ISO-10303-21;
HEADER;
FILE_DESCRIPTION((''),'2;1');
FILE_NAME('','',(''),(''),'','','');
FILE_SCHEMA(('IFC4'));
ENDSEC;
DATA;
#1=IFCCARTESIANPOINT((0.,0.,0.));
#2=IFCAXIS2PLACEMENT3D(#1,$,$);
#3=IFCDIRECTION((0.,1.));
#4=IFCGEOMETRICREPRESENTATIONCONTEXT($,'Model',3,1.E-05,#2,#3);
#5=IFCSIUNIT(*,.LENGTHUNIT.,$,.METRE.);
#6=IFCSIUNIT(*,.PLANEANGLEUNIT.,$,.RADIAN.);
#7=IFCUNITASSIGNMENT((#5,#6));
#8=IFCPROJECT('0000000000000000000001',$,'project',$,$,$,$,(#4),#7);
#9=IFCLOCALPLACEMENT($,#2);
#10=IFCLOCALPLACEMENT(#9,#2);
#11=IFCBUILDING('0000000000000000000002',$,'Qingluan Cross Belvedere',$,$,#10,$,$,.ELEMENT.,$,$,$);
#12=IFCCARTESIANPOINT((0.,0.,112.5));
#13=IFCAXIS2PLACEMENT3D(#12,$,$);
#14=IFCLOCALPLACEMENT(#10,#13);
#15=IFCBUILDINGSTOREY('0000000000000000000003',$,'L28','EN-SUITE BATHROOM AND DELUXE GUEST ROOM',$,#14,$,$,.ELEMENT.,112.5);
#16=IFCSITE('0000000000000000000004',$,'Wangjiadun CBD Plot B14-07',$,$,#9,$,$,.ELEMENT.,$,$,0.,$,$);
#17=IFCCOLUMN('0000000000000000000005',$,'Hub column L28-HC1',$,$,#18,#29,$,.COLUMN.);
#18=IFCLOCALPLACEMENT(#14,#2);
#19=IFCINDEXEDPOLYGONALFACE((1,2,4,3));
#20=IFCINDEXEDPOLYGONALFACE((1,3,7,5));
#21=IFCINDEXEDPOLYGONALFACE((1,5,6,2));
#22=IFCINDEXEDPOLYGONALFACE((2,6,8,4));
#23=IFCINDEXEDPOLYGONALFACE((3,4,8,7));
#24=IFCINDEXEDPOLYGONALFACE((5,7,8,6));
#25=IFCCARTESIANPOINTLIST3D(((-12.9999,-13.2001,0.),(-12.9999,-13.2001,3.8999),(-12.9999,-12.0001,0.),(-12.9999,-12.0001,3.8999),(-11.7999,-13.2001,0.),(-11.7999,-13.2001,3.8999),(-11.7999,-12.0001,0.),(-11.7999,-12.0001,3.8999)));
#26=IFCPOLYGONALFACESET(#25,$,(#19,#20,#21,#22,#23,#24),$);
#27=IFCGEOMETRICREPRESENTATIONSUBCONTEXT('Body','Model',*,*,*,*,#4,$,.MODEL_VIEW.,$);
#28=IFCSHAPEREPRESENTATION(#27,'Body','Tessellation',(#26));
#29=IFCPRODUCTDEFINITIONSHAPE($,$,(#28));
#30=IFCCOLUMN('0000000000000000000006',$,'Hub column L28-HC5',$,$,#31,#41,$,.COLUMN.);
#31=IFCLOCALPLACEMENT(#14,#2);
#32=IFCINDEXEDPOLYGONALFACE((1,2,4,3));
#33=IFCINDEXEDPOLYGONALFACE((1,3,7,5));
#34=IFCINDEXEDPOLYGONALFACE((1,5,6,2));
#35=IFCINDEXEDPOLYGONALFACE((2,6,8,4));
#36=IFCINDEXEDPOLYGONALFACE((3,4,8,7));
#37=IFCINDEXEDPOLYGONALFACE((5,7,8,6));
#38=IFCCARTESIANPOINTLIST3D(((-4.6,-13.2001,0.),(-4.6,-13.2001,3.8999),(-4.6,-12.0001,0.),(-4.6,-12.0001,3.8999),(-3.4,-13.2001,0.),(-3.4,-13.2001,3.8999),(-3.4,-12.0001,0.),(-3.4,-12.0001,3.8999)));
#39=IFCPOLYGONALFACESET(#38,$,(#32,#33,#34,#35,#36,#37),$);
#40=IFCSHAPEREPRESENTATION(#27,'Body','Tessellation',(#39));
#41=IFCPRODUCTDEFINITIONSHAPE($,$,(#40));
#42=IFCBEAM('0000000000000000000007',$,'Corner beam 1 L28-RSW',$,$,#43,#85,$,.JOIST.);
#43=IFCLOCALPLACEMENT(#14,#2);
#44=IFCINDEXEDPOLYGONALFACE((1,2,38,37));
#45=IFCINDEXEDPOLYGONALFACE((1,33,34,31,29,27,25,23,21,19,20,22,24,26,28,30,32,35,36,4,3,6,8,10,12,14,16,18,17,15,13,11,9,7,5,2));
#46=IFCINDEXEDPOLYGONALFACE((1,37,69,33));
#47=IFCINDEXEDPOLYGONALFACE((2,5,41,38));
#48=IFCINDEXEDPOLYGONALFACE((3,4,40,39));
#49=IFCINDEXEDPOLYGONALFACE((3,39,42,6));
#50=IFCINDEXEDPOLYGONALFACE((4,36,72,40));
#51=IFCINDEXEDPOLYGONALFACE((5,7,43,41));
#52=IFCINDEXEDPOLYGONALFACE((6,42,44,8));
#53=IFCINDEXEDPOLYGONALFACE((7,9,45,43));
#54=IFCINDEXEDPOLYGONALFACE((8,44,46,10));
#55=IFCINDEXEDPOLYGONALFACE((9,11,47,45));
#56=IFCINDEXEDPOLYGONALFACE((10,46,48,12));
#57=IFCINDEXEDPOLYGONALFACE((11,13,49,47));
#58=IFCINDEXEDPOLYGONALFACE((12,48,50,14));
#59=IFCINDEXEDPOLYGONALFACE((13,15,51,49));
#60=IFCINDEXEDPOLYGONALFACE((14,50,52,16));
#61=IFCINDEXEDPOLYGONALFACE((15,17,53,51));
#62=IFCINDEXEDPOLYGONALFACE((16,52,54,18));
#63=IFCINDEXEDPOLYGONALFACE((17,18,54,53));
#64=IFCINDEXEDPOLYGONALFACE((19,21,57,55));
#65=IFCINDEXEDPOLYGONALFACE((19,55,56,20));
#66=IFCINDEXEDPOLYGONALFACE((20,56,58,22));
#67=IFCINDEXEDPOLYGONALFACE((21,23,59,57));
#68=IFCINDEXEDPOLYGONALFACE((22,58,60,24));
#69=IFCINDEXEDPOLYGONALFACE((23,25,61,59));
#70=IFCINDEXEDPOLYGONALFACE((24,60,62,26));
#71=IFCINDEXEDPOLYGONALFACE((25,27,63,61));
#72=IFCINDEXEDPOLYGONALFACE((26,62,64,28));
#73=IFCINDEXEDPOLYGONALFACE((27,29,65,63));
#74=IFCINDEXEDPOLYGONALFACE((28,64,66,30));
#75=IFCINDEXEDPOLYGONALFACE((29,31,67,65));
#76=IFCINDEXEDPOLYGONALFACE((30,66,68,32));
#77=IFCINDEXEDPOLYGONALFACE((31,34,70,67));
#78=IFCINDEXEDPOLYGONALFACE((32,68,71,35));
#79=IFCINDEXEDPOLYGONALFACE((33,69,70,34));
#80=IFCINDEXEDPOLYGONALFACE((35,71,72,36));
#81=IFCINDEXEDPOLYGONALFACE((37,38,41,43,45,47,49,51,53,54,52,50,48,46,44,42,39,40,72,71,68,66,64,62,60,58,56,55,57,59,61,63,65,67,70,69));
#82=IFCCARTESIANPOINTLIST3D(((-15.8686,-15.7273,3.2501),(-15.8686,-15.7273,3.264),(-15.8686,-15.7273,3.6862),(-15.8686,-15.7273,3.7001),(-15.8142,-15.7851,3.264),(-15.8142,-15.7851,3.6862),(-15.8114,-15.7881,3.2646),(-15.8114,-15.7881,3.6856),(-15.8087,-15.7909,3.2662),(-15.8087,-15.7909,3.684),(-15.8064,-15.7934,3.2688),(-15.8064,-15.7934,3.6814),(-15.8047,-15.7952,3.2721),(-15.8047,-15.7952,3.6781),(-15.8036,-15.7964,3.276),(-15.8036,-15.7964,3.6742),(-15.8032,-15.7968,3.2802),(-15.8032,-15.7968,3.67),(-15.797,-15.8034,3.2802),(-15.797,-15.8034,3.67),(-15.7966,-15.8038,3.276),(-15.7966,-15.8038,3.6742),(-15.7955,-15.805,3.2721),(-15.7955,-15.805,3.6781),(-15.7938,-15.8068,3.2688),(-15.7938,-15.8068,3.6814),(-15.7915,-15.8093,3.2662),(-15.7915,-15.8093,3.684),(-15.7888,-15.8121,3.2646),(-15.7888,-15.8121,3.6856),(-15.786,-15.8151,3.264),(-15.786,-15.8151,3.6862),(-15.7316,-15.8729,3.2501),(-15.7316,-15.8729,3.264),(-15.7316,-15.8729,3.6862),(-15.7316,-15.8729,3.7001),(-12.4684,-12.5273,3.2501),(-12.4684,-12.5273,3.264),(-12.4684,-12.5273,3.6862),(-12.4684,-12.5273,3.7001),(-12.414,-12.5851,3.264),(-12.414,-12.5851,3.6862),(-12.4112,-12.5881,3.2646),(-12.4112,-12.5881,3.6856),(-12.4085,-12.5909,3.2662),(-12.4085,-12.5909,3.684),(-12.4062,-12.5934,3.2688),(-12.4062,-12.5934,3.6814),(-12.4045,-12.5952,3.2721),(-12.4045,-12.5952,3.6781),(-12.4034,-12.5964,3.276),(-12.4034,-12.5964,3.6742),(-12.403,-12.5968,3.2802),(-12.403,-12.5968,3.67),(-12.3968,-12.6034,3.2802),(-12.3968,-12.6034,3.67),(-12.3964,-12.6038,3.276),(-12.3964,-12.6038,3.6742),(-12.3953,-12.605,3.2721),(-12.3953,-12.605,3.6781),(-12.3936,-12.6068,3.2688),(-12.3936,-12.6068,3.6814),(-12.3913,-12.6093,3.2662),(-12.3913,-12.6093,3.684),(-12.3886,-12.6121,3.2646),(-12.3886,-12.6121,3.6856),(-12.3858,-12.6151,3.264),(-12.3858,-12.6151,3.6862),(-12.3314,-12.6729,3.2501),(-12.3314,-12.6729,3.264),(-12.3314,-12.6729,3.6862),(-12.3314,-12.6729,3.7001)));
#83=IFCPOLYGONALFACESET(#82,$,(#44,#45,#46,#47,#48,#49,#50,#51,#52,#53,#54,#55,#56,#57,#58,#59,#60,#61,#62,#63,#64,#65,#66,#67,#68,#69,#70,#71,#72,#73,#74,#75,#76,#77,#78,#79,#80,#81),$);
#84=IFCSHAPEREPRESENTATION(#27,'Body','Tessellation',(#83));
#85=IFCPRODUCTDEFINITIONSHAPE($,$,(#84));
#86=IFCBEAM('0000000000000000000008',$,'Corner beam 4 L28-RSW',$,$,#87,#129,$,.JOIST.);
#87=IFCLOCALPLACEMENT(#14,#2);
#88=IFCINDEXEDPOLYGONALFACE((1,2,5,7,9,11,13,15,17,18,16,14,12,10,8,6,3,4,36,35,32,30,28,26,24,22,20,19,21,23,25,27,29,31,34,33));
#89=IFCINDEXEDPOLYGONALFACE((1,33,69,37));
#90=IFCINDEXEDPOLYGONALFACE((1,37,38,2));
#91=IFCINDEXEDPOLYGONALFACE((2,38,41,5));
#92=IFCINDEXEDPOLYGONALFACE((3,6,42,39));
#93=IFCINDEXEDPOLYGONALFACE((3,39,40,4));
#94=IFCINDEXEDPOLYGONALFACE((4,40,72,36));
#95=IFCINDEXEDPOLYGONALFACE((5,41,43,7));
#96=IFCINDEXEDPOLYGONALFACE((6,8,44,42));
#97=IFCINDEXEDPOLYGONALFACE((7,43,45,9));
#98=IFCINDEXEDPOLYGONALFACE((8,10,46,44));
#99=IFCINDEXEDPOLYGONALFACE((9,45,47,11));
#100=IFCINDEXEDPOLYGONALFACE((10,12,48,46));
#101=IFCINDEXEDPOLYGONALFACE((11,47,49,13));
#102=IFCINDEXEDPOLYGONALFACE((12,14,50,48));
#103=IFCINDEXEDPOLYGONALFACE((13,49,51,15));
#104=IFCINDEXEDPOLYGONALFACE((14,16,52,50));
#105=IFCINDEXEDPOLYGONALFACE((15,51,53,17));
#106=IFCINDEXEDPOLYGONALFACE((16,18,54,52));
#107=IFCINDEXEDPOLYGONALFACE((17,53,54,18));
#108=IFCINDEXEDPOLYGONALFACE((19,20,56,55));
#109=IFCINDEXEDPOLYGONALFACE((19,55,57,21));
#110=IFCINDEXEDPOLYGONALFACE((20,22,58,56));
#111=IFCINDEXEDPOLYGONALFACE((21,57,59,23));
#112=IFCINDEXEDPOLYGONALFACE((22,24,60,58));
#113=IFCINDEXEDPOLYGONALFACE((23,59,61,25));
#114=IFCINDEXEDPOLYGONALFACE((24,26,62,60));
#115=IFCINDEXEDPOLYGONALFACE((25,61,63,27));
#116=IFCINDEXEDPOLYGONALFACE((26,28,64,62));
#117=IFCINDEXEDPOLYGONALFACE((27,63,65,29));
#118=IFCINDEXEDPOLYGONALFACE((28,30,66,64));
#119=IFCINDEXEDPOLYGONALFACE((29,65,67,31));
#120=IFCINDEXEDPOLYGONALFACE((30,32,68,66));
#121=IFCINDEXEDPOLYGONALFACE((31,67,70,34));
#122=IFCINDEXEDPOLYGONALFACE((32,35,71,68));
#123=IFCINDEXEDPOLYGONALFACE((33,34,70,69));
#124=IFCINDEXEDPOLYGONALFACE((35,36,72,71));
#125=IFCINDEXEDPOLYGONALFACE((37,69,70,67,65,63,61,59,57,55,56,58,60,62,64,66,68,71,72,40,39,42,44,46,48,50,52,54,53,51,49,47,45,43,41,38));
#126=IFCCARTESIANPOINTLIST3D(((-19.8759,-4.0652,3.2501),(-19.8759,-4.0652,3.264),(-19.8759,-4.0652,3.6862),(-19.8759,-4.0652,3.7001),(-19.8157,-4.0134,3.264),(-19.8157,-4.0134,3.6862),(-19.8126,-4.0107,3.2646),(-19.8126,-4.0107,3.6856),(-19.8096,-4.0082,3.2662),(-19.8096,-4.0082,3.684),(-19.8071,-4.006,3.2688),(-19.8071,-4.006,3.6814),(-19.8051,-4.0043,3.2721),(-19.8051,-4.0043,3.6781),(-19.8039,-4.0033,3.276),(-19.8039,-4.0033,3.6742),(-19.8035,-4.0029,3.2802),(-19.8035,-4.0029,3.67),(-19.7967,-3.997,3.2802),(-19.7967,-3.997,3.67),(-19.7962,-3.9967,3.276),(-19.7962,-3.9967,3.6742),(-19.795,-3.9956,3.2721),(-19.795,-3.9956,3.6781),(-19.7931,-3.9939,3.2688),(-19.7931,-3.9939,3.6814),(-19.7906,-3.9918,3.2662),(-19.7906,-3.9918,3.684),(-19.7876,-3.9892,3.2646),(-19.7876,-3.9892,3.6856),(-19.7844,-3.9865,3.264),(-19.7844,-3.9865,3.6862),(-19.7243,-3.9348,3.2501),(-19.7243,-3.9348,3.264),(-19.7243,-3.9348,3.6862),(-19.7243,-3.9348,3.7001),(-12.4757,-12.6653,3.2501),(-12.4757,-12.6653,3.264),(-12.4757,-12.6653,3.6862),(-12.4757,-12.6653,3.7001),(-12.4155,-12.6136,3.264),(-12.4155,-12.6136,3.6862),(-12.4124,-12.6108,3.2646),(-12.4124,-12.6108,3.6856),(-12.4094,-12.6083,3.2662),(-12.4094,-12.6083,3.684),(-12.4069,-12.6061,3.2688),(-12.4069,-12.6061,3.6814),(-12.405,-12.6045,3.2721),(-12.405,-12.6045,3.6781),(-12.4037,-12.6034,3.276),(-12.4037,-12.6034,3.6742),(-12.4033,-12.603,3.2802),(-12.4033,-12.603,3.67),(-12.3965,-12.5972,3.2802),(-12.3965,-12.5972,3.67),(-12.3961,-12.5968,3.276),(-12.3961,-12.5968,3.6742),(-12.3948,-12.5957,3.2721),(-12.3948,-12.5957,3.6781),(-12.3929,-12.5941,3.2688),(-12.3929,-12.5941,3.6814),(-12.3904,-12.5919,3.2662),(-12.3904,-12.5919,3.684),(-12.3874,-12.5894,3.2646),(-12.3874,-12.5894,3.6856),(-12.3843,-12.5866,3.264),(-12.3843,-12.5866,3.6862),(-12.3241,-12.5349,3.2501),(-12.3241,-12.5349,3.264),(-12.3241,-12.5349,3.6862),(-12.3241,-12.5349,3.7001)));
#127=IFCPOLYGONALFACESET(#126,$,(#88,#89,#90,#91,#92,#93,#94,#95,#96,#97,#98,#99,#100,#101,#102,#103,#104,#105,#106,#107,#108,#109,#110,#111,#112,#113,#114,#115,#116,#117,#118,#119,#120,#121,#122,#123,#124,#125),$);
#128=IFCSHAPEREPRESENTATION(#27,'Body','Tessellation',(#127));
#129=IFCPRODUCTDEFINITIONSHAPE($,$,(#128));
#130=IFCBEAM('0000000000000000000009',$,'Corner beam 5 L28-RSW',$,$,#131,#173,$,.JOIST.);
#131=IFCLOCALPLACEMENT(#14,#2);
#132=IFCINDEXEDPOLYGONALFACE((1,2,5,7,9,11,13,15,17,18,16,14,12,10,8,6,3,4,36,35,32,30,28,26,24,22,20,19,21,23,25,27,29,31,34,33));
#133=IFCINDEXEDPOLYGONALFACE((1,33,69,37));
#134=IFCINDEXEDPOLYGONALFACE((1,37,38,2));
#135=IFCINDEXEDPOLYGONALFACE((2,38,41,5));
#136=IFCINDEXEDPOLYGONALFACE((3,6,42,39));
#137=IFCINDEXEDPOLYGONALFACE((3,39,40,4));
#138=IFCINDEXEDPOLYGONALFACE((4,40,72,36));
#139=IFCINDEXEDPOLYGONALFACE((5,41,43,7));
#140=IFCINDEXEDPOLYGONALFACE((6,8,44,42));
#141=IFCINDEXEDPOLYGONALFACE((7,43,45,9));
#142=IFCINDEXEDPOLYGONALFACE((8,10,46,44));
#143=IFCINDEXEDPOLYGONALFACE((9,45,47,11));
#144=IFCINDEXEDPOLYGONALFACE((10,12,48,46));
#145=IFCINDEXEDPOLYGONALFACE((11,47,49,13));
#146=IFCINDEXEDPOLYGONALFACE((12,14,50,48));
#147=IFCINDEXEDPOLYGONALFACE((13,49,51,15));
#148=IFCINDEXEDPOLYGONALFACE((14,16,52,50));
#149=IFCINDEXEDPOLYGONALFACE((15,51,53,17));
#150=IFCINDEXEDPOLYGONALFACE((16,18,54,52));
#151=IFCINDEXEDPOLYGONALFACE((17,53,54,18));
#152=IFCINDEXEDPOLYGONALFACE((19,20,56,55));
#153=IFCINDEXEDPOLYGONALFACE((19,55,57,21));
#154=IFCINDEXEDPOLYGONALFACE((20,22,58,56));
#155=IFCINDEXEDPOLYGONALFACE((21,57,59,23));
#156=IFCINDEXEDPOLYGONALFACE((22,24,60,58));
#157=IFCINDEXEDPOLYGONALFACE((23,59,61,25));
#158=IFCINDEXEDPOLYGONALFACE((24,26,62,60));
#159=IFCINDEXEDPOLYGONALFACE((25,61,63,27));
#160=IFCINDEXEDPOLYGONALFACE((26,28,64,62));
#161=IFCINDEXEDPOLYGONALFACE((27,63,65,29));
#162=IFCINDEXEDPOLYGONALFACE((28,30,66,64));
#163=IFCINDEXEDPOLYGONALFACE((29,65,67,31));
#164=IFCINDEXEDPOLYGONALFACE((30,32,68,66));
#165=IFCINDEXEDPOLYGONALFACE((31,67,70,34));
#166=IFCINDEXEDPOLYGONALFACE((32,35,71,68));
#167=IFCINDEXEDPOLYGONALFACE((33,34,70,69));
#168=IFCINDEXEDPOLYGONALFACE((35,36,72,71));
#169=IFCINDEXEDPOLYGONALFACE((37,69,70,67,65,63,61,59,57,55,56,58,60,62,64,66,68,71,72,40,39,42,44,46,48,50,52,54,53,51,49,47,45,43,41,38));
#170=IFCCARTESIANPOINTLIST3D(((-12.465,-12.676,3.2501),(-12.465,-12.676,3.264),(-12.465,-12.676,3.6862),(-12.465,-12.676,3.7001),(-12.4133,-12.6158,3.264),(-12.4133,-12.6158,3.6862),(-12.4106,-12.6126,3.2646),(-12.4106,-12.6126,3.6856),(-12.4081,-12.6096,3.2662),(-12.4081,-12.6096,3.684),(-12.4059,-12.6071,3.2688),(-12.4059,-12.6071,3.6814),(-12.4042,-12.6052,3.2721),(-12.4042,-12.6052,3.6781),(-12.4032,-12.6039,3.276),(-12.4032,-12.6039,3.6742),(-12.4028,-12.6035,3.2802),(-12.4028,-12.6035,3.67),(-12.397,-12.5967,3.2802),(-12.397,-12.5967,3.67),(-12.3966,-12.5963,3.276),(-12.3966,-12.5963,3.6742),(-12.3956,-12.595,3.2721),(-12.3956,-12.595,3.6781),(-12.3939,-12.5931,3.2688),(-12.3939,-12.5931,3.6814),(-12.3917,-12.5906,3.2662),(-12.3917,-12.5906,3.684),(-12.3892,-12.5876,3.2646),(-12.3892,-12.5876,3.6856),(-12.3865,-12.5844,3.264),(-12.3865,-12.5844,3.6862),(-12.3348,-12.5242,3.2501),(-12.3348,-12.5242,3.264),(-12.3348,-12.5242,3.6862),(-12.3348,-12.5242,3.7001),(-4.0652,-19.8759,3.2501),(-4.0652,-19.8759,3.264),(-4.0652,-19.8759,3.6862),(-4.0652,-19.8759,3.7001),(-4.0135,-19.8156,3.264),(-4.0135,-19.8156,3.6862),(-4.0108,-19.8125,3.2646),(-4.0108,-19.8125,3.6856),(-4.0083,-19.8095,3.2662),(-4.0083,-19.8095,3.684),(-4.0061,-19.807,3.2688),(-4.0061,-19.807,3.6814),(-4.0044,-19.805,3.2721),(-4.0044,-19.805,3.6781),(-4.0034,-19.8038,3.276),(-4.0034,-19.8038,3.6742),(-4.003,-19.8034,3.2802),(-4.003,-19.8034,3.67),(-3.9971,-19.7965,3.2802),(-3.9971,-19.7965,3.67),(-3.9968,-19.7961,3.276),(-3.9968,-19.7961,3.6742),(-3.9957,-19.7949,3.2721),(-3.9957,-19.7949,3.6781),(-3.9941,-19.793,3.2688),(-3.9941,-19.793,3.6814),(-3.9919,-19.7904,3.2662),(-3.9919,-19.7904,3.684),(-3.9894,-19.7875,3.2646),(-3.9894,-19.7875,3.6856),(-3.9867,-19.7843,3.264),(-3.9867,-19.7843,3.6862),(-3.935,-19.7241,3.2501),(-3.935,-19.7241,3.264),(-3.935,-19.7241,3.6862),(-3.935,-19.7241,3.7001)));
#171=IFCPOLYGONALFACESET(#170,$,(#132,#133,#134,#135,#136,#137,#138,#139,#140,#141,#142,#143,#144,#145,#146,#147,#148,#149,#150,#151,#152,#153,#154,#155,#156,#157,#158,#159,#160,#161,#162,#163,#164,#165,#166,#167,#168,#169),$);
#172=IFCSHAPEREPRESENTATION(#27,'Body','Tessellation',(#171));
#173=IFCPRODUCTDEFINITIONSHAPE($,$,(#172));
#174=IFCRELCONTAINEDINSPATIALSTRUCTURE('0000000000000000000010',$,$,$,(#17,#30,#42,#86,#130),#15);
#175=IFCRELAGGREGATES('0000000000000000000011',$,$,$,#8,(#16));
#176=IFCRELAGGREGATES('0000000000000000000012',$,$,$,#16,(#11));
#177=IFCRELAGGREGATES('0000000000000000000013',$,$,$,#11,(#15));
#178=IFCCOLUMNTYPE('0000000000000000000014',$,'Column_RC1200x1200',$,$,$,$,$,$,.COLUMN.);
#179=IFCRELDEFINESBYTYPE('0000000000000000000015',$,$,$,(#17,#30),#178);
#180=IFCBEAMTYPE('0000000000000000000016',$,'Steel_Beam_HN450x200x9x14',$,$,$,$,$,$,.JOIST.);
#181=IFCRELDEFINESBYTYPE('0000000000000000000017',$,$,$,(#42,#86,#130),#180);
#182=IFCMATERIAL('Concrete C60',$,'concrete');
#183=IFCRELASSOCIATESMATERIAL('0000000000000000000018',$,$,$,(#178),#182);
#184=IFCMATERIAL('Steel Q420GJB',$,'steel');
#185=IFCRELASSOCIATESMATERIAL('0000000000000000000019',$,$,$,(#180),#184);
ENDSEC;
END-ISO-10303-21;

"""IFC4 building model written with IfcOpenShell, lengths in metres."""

from ifc_helpers import new_model, si_unit, direction, frame, origin, origin_2d, place, context, subcontext, project, spatial, rectangle, i_section, extrude, material, material_profile, profile_set, type_object, element, save


model = new_model("IFC4")

# Units and contexts
model_context = context("Model", 3, precision=1e-05, world=origin(), true_north=direction((0.0, 1.0)))
body_context = subcontext(model_context, "Body", "Model", "MODEL_VIEW")
ifc_project = project(units=[si_unit("LENGTHUNIT", "METRE"), si_unit("PLANEANGLEUNIT", "RADIAN")], contexts=[model_context])

# Site, building, storey
site_placement = place(None, origin())
site = spatial("IfcSite", under=ifc_project, at=site_placement, Name="Wangjiadun CBD Plot B14-07", CompositionType="ELEMENT", RefElevation=0.0)
building_placement = place(site_placement, origin())
building = spatial("IfcBuilding", under=site, at=building_placement, Name="Qingluan Cross Belvedere", CompositionType="ELEMENT")
storey_placement = place(building_placement, frame((0.0, 0.0, 112.5)))
storey = spatial("IfcBuildingStorey", under=building, at=storey_placement, Name="L28", Description="EN-SUITE BATHROOM AND DELUXE GUEST ROOM", CompositionType="ELEMENT", Elevation=112.5)

# Columns
ifc_material_1 = material(Name="Concrete C60", Category="concrete")
ifc_material_profile_1 = material_profile(ifc_material_1, rectangle(XDim=1.2, YDim=1.2, at=origin_2d()), Name="RC1200x1200")
ifc_profile_set_1 = profile_set([ifc_material_profile_1], Name="Concrete C60")
column_type = type_object("IfcColumnType", Name="Column_RC1200x1200", PredefinedType="COLUMN", material=ifc_profile_set_1)
for number, where, z_axis, x_axis, name in (
    (1, (-12.3999, -12.6001, 0.0), (0.0, 0.0, 1.0), (1.0, 0.0, 0.0), "Hub column L28-HC1"),
    (2, (-4.0, -12.6001, 0.0), (0.0, 0.0, 1.0), (1.0, 0.0, 0.0), "Hub column L28-HC5"),
):
    element("IfcColumn", number, at=place(storey_placement, frame(where, z_axis=z_axis, x_axis=x_axis)), inside=storey, type_object=column_type, Name=name, PredefinedType="COLUMN", context=body_context, shape_type="SweptSolid", body=[
        extrude(rectangle(XDim=1.2, YDim=1.2, at=origin_2d()), origin(), (0.0, 0.0, 1.0), 3.8999),
    ])

# Beams
ifc_material_2 = material(Name="Steel Q420GJB", Category="steel")
ifc_material_profile_2 = material_profile(ifc_material_2, i_section(OverallWidth=0.2, OverallDepth=0.45, WebThickness=0.009, FlangeThickness=0.0139, FilletRadius=0.0161, at=origin_2d()), Name="HN450x200x9x14")
ifc_profile_set_2 = profile_set([ifc_material_profile_2], Name="Steel Q420GJB")
beam_type_1 = type_object("IfcBeamType", Name="Steel_Beam_HN450x200x9x14", PredefinedType="JOIST", material=ifc_profile_set_2)
beam_1_placement = place(storey_placement, frame((-12.3999, -12.6001, 3.4751), z_axis=(-0.72822, -0.685343, 0.0), x_axis=(0.685343, -0.72822, 0.0)))
element("IfcBeam", 3, at=beam_1_placement, inside=storey, type_object=beam_type_1, Name="Corner beam 1 L28-RSW", PredefinedType="JOIST", context=body_context, shape_type="SweptSolid", body=[
    extrude(i_section(OverallWidth=0.2, OverallDepth=0.45, WebThickness=0.009, FlangeThickness=0.0139, FilletRadius=0.0161, at=origin_2d()), origin(), (0.0, 0.0, 1.0), 4.6692),
])
beam_2_placement = place(storey_placement, frame((-12.3999, -12.6001, 3.4751), z_axis=(-0.652245, 0.758008, 0.0), x_axis=(-0.758008, -0.652245, 0.0)))
element("IfcBeam", 4, at=beam_2_placement, inside=storey, type_object=beam_type_1, Name="Corner beam 4 L28-RSW", PredefinedType="JOIST", context=body_context, shape_type="SweptSolid", body=[
    extrude(i_section(OverallWidth=0.2, OverallDepth=0.45, WebThickness=0.009, FlangeThickness=0.0139, FilletRadius=0.0161, at=origin_2d()), origin(), (0.0, 0.0, 1.0), 11.3457),
])
beam_3_placement = place(storey_placement, frame((-12.3999, -12.6001, 3.4751), z_axis=(0.759255, -0.650793, 0.0), x_axis=(0.650793, 0.759255, 0.0)))
element("IfcBeam", 5, at=beam_3_placement, inside=storey, type_object=beam_type_1, Name="Corner beam 5 L28-RSW", PredefinedType="JOIST", context=body_context, shape_type="SweptSolid", body=[
    extrude(i_section(OverallWidth=0.2, OverallDepth=0.45, WebThickness=0.009, FlangeThickness=0.0139, FilletRadius=0.0161, at=origin_2d()), origin(), (0.0, 0.0, 1.0), 11.0632),
])

save(model, "model.ifc")
